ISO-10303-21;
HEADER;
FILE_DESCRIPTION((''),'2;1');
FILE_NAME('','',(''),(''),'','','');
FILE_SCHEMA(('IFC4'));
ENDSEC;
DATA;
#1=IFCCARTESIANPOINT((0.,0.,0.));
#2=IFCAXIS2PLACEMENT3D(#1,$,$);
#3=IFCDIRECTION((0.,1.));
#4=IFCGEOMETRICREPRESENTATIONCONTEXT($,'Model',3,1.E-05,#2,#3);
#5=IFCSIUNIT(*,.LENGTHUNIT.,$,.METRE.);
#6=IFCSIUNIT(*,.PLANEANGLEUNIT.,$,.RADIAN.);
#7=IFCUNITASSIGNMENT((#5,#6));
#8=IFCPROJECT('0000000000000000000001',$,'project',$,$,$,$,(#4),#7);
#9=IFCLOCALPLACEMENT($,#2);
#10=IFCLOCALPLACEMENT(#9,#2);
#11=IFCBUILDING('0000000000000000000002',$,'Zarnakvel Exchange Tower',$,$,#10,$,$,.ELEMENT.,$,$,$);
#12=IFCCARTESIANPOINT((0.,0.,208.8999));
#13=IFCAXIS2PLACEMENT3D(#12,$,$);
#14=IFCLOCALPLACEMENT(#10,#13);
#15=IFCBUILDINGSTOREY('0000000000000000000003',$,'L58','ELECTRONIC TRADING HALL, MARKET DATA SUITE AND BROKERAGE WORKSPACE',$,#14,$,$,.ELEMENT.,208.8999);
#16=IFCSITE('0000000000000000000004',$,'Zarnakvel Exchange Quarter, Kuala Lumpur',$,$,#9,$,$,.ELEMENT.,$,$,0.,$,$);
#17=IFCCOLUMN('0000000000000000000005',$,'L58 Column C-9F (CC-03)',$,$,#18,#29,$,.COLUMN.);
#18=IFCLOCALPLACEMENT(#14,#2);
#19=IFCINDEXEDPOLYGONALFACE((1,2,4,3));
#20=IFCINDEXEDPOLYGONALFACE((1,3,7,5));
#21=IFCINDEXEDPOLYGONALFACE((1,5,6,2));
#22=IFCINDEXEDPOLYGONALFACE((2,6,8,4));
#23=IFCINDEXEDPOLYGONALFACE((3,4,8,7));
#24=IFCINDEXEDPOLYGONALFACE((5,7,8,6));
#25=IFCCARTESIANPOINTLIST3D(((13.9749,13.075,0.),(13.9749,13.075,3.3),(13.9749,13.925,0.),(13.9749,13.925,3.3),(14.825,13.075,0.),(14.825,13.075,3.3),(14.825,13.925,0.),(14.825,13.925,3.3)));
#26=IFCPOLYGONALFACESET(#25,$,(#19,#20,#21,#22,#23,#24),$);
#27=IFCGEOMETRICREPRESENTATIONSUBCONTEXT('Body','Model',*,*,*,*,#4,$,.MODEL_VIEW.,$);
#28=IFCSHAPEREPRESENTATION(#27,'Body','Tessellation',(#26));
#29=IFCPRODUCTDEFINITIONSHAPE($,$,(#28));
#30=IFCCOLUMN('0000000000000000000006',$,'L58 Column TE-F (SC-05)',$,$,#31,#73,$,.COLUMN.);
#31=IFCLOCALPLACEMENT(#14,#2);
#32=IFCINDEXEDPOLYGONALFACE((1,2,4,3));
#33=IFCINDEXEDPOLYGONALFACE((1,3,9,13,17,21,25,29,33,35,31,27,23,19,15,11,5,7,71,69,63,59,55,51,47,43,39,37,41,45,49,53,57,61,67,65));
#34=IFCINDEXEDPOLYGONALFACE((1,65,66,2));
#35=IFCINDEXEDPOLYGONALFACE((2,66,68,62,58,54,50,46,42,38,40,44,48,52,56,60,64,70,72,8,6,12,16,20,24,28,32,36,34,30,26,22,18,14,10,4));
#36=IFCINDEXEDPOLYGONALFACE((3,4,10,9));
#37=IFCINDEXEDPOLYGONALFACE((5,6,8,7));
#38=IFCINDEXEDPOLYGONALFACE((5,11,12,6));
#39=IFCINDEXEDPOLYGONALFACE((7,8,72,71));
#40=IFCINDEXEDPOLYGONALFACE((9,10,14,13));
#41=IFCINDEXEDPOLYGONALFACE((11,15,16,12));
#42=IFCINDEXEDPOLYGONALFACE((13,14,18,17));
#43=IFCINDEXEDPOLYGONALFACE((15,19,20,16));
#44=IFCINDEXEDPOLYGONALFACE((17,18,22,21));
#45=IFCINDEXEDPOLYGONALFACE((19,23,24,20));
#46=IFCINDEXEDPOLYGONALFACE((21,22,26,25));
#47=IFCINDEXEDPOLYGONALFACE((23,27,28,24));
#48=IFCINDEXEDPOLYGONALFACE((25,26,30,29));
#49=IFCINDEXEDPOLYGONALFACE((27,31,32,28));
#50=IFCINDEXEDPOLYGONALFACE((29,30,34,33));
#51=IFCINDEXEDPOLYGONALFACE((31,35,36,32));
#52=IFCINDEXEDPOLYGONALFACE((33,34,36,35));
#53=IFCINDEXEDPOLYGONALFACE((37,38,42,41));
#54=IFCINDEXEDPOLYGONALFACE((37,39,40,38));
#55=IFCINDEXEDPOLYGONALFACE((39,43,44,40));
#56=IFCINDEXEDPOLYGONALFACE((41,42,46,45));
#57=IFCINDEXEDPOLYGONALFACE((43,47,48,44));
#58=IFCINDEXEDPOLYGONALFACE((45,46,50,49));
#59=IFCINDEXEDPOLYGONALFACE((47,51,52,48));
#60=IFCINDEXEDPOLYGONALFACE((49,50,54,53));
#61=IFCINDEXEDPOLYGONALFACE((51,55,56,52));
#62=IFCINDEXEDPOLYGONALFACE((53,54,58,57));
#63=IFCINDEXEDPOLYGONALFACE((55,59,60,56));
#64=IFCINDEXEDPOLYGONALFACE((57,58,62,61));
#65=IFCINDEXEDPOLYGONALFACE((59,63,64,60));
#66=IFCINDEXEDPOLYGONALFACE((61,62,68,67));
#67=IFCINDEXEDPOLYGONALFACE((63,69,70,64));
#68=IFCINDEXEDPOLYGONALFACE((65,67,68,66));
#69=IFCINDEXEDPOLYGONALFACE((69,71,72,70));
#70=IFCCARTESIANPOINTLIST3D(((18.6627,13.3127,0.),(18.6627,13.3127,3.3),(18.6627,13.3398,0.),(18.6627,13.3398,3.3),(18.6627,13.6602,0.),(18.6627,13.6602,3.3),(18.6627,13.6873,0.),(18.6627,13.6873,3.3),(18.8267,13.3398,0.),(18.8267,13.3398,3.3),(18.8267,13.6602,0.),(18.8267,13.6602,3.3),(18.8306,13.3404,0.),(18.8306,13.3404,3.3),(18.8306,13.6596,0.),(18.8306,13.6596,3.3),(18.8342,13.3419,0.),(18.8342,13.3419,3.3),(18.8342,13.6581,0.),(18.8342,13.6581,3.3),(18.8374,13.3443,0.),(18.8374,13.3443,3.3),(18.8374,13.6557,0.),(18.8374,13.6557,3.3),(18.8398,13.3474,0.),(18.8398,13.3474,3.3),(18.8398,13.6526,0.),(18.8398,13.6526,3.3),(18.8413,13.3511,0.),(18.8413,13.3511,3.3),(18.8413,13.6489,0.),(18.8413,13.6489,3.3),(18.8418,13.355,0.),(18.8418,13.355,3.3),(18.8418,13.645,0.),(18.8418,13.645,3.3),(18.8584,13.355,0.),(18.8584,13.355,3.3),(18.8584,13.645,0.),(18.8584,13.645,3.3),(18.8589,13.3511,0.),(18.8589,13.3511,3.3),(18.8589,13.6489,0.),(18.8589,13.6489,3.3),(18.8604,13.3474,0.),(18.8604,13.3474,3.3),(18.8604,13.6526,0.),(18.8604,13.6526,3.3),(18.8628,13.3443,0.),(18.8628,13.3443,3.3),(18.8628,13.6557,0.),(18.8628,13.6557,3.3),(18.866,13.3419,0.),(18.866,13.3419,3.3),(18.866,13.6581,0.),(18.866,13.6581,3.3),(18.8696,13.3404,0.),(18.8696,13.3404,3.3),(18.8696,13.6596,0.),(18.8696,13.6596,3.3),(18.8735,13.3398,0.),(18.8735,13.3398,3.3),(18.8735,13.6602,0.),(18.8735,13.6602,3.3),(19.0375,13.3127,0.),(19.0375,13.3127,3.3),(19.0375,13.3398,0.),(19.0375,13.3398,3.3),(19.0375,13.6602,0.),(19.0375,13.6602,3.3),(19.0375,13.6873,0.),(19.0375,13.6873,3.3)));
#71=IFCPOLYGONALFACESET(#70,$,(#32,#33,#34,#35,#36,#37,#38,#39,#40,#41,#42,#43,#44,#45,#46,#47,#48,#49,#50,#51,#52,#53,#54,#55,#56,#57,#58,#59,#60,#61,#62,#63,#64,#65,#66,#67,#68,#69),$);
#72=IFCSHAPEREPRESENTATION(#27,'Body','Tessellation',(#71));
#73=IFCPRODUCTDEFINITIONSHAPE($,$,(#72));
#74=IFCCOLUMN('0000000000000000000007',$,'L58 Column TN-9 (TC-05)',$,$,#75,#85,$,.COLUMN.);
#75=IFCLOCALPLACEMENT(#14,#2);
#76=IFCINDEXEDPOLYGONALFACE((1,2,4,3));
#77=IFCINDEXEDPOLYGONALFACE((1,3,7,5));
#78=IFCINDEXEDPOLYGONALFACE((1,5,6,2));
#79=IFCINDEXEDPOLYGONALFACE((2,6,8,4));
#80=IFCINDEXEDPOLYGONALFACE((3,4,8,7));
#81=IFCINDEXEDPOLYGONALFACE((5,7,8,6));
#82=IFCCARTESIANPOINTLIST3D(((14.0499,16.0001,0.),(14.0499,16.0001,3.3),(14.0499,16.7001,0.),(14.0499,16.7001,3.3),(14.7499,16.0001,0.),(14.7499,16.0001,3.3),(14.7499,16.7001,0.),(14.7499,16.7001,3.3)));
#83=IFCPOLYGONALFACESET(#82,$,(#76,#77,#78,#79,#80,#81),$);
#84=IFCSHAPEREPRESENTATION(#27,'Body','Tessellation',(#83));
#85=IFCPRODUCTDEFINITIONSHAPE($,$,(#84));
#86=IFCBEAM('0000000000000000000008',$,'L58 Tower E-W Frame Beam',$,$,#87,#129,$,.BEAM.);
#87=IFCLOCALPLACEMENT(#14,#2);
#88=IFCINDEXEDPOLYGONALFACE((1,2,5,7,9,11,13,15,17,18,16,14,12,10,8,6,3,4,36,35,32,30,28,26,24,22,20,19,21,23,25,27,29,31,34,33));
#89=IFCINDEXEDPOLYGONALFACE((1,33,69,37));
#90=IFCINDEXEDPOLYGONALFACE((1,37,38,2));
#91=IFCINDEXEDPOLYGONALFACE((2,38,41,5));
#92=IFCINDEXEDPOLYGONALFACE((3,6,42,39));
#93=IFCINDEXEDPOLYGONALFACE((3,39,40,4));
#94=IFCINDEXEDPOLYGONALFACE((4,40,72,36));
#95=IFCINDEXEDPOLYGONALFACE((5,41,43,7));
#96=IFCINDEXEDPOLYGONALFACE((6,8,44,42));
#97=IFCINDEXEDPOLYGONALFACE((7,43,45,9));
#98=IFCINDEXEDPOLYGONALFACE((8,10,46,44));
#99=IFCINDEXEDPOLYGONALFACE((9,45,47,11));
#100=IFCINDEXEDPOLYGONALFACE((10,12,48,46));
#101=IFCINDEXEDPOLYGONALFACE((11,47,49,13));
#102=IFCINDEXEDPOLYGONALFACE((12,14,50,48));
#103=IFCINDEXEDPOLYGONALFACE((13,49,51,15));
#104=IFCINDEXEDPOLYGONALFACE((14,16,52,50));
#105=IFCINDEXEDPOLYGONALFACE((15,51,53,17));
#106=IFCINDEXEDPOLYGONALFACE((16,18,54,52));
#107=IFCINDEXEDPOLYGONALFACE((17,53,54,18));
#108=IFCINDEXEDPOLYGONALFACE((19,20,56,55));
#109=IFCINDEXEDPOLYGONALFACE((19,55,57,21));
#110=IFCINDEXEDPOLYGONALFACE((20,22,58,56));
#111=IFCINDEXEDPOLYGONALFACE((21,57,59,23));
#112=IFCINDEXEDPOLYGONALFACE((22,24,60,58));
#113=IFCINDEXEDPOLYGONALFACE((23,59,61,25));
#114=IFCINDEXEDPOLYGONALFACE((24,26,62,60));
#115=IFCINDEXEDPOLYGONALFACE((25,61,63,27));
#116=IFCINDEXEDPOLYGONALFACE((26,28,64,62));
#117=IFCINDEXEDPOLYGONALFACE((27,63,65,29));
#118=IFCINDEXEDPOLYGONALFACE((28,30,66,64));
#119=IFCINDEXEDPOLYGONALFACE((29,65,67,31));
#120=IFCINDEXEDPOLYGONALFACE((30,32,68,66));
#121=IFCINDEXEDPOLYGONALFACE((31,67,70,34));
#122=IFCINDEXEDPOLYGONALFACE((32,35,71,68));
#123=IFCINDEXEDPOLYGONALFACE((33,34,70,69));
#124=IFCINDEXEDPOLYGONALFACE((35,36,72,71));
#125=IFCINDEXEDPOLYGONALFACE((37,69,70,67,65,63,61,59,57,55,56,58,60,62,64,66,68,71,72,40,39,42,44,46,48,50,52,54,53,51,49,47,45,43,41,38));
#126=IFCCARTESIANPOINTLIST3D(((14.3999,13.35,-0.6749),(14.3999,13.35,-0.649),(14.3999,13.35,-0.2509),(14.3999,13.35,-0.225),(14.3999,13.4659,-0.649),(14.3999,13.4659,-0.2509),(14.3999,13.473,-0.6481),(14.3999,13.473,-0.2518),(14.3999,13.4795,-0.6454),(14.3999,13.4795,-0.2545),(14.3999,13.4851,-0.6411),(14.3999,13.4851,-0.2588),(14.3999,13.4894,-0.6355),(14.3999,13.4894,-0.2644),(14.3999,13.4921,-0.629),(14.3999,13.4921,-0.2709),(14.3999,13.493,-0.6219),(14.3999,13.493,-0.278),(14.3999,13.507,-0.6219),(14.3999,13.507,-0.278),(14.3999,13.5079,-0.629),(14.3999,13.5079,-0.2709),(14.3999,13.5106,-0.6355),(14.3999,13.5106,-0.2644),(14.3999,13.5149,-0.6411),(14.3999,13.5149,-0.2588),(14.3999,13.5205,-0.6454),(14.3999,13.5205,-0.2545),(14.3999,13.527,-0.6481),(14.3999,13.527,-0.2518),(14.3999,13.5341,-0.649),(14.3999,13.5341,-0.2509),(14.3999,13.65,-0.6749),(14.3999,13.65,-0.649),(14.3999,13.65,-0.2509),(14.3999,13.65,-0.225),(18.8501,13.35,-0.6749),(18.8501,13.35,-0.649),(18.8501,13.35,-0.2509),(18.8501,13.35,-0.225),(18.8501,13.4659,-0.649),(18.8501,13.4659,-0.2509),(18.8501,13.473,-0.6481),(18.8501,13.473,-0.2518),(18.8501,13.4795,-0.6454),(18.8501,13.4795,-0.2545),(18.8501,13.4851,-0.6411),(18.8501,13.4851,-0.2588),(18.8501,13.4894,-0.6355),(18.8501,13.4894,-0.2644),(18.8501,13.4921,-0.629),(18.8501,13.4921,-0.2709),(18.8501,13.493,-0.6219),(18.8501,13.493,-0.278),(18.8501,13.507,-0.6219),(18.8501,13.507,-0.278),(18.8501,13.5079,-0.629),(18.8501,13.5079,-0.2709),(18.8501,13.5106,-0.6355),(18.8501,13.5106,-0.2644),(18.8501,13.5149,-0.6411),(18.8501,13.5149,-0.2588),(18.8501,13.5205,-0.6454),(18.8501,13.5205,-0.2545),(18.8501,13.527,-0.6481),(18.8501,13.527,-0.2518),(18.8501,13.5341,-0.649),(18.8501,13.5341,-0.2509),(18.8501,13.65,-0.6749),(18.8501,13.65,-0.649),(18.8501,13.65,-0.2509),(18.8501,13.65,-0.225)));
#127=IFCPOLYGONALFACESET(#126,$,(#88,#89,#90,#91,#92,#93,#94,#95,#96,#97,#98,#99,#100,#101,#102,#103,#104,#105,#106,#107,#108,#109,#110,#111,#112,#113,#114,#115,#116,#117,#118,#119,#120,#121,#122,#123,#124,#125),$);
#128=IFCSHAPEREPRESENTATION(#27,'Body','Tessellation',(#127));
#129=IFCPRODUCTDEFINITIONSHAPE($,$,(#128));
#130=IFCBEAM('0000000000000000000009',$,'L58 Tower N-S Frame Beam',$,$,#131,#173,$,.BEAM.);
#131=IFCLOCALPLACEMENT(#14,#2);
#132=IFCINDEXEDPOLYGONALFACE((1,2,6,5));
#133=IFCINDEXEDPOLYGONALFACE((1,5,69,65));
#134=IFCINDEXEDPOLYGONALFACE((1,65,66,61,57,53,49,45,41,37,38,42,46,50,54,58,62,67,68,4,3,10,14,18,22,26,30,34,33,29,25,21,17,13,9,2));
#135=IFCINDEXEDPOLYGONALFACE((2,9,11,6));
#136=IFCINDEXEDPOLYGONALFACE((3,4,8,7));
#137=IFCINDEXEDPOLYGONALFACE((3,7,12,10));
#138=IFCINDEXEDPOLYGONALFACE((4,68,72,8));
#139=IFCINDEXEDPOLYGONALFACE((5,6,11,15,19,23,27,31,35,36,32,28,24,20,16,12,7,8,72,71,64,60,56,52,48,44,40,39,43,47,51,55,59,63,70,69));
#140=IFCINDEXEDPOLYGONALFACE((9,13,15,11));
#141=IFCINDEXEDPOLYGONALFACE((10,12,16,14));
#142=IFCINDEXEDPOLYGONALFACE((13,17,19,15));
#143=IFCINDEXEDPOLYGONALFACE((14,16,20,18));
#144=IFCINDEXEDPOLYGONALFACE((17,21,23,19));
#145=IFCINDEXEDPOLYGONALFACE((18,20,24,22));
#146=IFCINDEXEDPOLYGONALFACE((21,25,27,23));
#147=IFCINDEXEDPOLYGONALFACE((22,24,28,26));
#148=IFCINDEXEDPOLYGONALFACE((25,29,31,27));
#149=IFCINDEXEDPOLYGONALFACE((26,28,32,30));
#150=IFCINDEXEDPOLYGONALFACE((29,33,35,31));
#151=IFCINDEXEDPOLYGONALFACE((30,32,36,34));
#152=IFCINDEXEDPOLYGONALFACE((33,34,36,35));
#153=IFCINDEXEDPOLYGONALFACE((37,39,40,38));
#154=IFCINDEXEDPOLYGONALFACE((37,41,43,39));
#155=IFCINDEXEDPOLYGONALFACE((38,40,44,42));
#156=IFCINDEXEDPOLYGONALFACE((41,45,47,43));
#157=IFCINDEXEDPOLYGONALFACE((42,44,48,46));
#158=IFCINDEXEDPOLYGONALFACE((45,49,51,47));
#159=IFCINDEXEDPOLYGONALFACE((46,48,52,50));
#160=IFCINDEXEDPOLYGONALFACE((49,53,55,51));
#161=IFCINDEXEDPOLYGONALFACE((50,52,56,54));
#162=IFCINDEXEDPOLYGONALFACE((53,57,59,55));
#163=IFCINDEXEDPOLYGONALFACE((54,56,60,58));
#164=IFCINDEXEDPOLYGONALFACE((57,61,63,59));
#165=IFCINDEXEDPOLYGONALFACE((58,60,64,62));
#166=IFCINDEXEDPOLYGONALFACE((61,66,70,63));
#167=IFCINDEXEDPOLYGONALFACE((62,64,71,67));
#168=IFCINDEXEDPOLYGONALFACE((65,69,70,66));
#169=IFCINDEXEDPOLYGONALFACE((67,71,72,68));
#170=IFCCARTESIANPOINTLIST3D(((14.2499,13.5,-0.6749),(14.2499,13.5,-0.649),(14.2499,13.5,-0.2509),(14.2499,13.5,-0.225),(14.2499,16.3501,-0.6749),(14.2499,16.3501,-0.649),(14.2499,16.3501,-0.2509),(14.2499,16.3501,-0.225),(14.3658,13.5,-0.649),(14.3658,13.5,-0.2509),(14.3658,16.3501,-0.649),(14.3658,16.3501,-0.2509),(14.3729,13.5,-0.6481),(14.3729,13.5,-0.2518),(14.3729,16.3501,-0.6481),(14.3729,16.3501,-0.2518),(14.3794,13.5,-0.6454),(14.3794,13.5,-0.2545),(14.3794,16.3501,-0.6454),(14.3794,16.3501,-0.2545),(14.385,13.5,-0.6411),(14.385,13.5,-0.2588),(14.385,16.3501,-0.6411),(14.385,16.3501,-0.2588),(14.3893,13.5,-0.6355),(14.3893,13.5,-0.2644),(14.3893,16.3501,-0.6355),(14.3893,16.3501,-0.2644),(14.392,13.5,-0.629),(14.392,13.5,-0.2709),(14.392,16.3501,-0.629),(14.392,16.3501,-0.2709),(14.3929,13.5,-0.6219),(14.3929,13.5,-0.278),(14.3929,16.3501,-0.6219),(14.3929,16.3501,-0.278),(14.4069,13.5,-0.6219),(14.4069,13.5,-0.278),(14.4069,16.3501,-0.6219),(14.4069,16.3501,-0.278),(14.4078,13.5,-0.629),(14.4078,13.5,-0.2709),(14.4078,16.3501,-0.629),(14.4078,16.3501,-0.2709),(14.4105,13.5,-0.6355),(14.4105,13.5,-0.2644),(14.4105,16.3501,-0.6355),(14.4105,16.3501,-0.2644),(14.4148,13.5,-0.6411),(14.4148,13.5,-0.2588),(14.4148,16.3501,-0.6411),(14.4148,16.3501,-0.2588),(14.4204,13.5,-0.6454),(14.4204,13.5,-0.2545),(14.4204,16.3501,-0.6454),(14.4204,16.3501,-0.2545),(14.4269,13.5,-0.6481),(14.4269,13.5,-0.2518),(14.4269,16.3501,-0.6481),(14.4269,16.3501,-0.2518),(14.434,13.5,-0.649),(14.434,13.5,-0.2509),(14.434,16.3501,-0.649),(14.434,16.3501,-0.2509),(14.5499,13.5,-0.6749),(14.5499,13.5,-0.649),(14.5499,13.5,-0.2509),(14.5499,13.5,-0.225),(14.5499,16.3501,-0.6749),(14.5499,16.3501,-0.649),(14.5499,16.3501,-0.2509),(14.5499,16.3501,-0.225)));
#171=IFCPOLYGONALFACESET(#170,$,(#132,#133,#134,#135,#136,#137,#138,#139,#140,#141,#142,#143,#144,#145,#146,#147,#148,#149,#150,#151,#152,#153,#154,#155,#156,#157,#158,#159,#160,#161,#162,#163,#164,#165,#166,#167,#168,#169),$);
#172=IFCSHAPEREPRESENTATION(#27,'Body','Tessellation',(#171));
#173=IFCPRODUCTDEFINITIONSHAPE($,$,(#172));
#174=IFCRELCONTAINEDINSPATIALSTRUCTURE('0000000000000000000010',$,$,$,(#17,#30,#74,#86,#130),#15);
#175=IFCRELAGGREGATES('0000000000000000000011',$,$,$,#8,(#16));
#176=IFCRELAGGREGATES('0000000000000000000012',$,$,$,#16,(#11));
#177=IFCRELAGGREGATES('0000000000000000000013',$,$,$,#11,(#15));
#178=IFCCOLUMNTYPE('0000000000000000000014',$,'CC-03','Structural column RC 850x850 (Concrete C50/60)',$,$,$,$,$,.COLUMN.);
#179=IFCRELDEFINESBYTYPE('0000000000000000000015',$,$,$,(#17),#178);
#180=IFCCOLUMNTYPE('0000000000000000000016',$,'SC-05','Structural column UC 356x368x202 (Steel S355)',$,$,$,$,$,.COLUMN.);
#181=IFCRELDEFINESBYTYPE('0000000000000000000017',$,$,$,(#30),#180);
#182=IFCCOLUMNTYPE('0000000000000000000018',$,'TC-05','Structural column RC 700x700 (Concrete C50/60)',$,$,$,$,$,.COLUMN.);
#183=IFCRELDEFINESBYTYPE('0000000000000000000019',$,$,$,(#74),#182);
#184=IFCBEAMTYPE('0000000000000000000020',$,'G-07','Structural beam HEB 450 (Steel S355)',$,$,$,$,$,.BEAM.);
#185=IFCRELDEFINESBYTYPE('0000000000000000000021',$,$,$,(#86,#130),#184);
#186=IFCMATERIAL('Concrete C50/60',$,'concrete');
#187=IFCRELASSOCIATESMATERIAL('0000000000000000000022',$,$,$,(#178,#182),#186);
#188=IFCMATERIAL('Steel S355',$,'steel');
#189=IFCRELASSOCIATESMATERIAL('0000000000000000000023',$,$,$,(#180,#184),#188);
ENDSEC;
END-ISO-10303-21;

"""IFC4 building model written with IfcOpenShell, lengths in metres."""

from ifc_helpers import new_model, si_unit, direction, frame, origin, origin_2d, place, context, subcontext, project, spatial, rectangle, i_section, extrude, material, material_profile, profile_set, type_object, element, save


model = new_model("IFC4")

# Units and contexts
model_context = context("Model", 3, precision=1e-05, world=origin(), true_north=direction((0.0, 1.0)))
body_context = subcontext(model_context, "Body", "Model", "MODEL_VIEW")
ifc_project = project(units=[si_unit("LENGTHUNIT", "METRE"), si_unit("PLANEANGLEUNIT", "RADIAN")], contexts=[model_context])

# Site, building, storey
site_placement = place(None, origin())
site = spatial("IfcSite", under=ifc_project, at=site_placement, Name="Zarnakvel Exchange Quarter, Kuala Lumpur", CompositionType="ELEMENT", RefElevation=0.0)
building_placement = place(site_placement, origin())
building = spatial("IfcBuilding", under=site, at=building_placement, Name="Zarnakvel Exchange Tower", CompositionType="ELEMENT")
storey_placement = place(building_placement, frame((0.0, 0.0, 208.8999)))
storey = spatial("IfcBuildingStorey", under=building, at=storey_placement, Name="L58", Description="ELECTRONIC TRADING HALL, MARKET DATA SUITE AND BROKERAGE WORKSPACE", CompositionType="ELEMENT", Elevation=208.8999)

# Columns
ifc_material_1 = material(Name="Concrete C50/60", Category="concrete")
ifc_material_profile_1 = material_profile(ifc_material_1, rectangle(XDim=0.8501, YDim=0.8501, at=origin_2d()))
ifc_profile_set_1 = profile_set([ifc_material_profile_1], Name="Concrete C50/60")
column_type_1 = type_object("IfcColumnType", Name="CC-03", Description="Structural column RC 850x850 (Concrete C50/60)", PredefinedType="COLUMN", material=ifc_profile_set_1)
column_1_placement = place(storey_placement, frame((14.3999, 13.5, 0.0), z_axis=(0.0, 0.0, 1.0), x_axis=(1.0, 0.0, 0.0)))
element("IfcColumn", 1, at=column_1_placement, inside=storey, type_object=column_type_1, Name="L58 Column C-9F (CC-03)", PredefinedType="COLUMN", context=body_context, shape_type="SweptSolid", body=[
    extrude(rectangle(XDim=0.8501, YDim=0.8501, at=origin_2d()), origin(), (0.0, 0.0, 1.0), 3.3),
])
ifc_material_2 = material(Name="Steel S355", Category="steel")
ifc_material_profile_2 = material_profile(ifc_material_2, i_section(OverallWidth=0.3748, OverallDepth=0.3745, WebThickness=0.0166, FlangeThickness=0.0271, FilletRadius=0.0151, at=origin_2d()))
ifc_profile_set_2 = profile_set([ifc_material_profile_2], Name="Steel S355")
column_type_2 = type_object("IfcColumnType", Name="SC-05", Description="Structural column UC 356x368x202 (Steel S355)", PredefinedType="COLUMN", material=ifc_profile_set_2)
column_2_placement = place(storey_placement, frame((18.8501, 13.5, 0.0), z_axis=(0.0, 0.0, 1.0), x_axis=(1.0, 0.0, 0.0)))
element("IfcColumn", 2, at=column_2_placement, inside=storey, type_object=column_type_2, Name="L58 Column TE-F (SC-05)", PredefinedType="COLUMN", context=body_context, shape_type="SweptSolid", body=[
    extrude(i_section(OverallWidth=0.3748, OverallDepth=0.3745, WebThickness=0.0166, FlangeThickness=0.0271, FilletRadius=0.0151, at=origin_2d()), origin(), (0.0, 0.0, 1.0), 3.3),
])
ifc_material_profile_3 = material_profile(ifc_material_1, rectangle(XDim=0.7, YDim=0.7, at=origin_2d()))
ifc_profile_set_3 = profile_set([ifc_material_profile_3], Name="Concrete C50/60")
column_type_3 = type_object("IfcColumnType", Name="TC-05", Description="Structural column RC 700x700 (Concrete C50/60)", PredefinedType="COLUMN", material=ifc_profile_set_3)
column_3_placement = place(storey_placement, frame((14.3999, 16.3501, 0.0), z_axis=(0.0, 0.0, 1.0), x_axis=(1.0, 0.0, 0.0)))
element("IfcColumn", 3, at=column_3_placement, inside=storey, type_object=column_type_3, Name="L58 Column TN-9 (TC-05)", PredefinedType="COLUMN", context=body_context, shape_type="SweptSolid", body=[
    extrude(rectangle(XDim=0.7, YDim=0.7, at=origin_2d()), origin(), (0.0, 0.0, 1.0), 3.3),
])

# Beams
ifc_material_profile_4 = material_profile(ifc_material_2, i_section(OverallWidth=0.3, OverallDepth=0.45, WebThickness=0.0139, FlangeThickness=0.0259, FilletRadius=0.0271, at=origin_2d()))
ifc_profile_set_4 = profile_set([ifc_material_profile_4], Name="Steel S355")
beam_type = type_object("IfcBeamType", Name="G-07", Description="Structural beam HEB 450 (Steel S355)", PredefinedType="BEAM", material=ifc_profile_set_4)
beam_1_placement = place(storey_placement, frame((14.3999, 13.5, -0.45), z_axis=(1.0, 0.0, 0.0), x_axis=(0.0, 1.0, 0.0)))
element("IfcBeam", 4, at=beam_1_placement, inside=storey, type_object=beam_type, Name="L58 Tower E-W Frame Beam", PredefinedType="BEAM", context=body_context, shape_type="SweptSolid", body=[
    extrude(i_section(OverallWidth=0.3, OverallDepth=0.45, WebThickness=0.0139, FlangeThickness=0.0259, FilletRadius=0.0271, at=origin_2d()), origin(), (0.0, 0.0, 1.0), 4.4502),
])
beam_2_placement = place(storey_placement, frame((14.3999, 13.5, -0.45), z_axis=(0.0, 1.0, 0.0), x_axis=(-1.0, 0.0, 0.0)))
element("IfcBeam", 5, at=beam_2_placement, inside=storey, type_object=beam_type, Name="L58 Tower N-S Frame Beam", PredefinedType="BEAM", context=body_context, shape_type="SweptSolid", body=[
    extrude(i_section(OverallWidth=0.3, OverallDepth=0.45, WebThickness=0.0139, FlangeThickness=0.0259, FilletRadius=0.0271, at=origin_2d()), origin(), (0.0, 0.0, 1.0), 2.8501),
])

save(model, "model.ifc")
